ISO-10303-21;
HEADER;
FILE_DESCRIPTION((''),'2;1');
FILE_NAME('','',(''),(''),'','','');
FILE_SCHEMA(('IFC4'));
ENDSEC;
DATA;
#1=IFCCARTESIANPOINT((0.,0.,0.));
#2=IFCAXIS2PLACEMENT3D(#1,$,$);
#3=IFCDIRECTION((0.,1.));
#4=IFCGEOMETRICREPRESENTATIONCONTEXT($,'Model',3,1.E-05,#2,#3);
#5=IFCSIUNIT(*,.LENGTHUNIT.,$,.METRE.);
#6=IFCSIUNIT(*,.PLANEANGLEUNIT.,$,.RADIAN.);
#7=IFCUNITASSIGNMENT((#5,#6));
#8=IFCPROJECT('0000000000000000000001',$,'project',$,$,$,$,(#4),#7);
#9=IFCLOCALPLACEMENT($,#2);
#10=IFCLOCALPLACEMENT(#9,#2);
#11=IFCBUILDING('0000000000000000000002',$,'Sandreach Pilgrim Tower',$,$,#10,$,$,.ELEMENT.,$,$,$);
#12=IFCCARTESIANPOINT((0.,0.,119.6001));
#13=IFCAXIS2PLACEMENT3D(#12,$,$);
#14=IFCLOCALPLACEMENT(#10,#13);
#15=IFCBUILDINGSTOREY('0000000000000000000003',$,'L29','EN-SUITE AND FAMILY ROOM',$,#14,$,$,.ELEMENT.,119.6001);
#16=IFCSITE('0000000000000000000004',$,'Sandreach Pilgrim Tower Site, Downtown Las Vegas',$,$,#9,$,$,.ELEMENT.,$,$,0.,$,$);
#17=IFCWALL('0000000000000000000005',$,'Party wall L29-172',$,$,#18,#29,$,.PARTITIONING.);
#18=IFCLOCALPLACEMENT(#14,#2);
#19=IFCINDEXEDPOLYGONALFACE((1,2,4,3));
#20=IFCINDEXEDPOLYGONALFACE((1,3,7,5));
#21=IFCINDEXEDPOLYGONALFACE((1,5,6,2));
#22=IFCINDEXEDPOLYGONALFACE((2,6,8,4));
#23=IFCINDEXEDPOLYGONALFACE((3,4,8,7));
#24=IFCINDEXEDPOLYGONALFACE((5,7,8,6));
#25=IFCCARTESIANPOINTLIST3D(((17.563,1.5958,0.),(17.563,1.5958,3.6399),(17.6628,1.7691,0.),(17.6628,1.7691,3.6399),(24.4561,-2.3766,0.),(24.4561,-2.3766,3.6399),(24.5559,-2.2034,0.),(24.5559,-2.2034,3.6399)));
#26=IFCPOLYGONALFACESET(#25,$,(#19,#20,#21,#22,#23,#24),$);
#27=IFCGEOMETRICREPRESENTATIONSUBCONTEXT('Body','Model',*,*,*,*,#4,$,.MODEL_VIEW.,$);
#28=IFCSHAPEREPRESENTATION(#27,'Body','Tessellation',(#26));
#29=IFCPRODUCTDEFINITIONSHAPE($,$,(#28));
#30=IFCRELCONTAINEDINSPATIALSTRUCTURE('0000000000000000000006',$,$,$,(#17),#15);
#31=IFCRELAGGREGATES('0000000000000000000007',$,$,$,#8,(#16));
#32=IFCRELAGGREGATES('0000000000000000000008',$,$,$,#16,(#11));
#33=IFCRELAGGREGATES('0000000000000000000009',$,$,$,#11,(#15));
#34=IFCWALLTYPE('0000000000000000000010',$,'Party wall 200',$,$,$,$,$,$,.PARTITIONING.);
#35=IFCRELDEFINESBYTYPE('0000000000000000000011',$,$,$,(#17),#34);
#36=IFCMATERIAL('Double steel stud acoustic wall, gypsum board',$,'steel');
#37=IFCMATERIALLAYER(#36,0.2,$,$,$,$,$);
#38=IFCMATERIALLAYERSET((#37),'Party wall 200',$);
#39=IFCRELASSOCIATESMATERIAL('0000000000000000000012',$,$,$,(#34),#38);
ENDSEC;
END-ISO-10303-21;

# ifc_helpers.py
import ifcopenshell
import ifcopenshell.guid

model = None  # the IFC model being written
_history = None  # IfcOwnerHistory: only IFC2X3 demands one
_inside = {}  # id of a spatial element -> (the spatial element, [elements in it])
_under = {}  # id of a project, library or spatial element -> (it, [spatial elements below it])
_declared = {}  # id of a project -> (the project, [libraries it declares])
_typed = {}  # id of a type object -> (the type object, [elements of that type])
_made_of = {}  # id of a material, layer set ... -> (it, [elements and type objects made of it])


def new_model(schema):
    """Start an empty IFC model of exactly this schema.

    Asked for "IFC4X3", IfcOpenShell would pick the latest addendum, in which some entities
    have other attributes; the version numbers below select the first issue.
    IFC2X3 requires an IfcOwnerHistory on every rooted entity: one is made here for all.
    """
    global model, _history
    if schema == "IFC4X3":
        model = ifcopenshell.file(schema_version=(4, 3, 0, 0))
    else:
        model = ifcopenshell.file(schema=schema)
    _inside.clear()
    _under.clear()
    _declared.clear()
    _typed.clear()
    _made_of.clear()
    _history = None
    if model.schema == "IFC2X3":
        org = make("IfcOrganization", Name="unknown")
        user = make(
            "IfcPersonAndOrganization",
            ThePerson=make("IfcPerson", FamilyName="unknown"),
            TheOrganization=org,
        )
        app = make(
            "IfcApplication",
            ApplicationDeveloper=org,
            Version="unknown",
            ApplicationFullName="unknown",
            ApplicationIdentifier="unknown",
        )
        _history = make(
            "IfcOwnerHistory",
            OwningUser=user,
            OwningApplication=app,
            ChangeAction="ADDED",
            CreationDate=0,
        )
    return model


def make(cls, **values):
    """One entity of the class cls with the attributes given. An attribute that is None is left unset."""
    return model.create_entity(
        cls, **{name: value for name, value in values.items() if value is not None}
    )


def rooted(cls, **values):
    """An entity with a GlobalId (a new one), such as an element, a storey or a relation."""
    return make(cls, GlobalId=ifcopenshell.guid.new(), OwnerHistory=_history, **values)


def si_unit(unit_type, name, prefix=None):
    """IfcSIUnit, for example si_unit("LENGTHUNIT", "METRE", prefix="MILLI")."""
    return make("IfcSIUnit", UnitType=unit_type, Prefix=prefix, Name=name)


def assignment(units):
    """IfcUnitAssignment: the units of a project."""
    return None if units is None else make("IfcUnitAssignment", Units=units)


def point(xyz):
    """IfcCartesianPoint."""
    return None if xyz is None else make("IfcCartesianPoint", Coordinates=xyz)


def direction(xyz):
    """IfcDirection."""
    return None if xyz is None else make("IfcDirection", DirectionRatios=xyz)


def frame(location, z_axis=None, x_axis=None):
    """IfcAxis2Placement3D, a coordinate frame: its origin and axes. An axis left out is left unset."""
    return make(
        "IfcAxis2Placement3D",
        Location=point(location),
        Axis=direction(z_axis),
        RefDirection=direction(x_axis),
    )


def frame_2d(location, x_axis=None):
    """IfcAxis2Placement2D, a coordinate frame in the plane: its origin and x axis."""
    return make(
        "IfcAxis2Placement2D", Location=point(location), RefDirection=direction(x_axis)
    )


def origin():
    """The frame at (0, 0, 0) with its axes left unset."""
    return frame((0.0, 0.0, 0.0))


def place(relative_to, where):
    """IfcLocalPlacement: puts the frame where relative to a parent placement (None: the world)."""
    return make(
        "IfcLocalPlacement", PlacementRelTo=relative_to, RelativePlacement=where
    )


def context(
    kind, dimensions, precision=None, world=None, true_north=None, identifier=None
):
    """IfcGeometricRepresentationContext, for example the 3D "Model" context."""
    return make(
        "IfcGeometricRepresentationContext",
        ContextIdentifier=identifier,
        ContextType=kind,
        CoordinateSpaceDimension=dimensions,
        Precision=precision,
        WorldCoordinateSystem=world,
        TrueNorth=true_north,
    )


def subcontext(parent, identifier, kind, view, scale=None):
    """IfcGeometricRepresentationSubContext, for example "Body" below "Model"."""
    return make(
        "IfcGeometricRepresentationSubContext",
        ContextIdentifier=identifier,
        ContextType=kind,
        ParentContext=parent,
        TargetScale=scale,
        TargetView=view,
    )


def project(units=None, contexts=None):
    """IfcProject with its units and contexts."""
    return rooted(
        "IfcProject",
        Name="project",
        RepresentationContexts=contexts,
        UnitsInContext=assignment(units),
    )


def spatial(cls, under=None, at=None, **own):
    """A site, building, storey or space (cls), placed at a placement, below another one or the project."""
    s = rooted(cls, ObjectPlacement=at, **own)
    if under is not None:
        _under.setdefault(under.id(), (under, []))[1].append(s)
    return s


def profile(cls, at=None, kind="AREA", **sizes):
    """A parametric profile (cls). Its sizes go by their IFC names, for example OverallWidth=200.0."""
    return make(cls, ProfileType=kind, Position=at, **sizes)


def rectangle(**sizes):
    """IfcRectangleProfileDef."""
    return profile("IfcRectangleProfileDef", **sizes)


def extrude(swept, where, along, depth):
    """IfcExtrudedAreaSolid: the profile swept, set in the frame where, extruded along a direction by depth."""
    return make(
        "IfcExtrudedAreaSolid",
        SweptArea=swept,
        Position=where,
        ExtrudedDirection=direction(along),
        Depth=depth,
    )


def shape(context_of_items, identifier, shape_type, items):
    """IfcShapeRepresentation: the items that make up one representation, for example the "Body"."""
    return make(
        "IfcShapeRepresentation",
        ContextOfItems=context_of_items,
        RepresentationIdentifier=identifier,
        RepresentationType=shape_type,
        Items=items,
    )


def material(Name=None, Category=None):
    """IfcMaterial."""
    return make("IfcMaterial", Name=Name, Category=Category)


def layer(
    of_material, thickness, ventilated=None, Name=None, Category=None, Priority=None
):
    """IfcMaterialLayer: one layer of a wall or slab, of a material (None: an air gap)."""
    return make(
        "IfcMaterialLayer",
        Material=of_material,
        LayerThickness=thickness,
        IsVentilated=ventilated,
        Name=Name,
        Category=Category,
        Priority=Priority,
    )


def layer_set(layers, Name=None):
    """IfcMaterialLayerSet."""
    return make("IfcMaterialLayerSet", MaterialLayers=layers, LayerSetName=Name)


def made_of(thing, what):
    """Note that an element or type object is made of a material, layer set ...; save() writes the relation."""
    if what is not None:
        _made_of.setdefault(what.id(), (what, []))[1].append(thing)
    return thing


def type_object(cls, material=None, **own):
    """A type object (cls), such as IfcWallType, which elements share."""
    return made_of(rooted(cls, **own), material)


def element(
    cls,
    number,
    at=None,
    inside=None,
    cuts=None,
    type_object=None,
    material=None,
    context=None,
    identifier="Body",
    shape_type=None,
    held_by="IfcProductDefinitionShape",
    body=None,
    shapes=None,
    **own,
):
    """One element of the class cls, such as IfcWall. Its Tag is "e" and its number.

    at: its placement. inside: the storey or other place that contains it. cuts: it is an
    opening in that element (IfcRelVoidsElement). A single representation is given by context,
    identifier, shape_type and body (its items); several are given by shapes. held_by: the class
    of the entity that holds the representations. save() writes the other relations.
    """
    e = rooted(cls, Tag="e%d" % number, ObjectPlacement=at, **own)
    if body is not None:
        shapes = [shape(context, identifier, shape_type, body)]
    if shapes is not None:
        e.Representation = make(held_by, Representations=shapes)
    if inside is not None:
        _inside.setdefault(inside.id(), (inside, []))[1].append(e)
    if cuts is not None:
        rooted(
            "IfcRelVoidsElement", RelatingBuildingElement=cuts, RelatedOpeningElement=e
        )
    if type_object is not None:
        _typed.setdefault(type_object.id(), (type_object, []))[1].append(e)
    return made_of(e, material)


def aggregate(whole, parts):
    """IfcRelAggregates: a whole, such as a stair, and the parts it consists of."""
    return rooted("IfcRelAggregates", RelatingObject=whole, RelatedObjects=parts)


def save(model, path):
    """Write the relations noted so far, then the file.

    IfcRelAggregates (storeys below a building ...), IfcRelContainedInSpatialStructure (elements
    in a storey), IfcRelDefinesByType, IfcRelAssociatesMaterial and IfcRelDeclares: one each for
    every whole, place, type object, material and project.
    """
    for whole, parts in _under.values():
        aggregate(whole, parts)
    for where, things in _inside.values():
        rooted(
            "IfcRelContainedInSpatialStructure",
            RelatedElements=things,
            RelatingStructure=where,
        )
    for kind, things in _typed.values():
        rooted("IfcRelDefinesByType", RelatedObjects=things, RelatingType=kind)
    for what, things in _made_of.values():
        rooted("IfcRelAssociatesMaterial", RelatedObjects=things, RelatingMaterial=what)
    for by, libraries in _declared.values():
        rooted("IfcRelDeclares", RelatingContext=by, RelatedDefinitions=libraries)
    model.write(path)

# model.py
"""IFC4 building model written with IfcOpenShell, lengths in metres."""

from ifc_helpers import new_model, si_unit, direction, frame, frame_2d, origin, place, context, subcontext, project, spatial, rectangle, extrude, material, layer, layer_set, type_object, element, save


model = new_model("IFC4")

# Units and contexts
model_context = context("Model", 3, precision=1e-05, world=origin(), true_north=direction((0.0, 1.0)))
body_context = subcontext(model_context, "Body", "Model", "MODEL_VIEW")
ifc_project = project(units=[si_unit("LENGTHUNIT", "METRE"), si_unit("PLANEANGLEUNIT", "RADIAN")], contexts=[model_context])

# Site, building, storey
site_placement = place(None, origin())
site = spatial("IfcSite", under=ifc_project, at=site_placement, Name="Sandreach Pilgrim Tower Site, Downtown Las Vegas", CompositionType="ELEMENT", RefElevation=0.0)
building_placement = place(site_placement, origin())
building = spatial("IfcBuilding", under=site, at=building_placement, Name="Sandreach Pilgrim Tower", CompositionType="ELEMENT")
storey_placement = place(building_placement, frame((0.0, 0.0, 119.6001)))
storey = spatial("IfcBuildingStorey", under=building, at=storey_placement, Name="L29", Description="EN-SUITE AND FAMILY ROOM", CompositionType="ELEMENT", Elevation=119.6001)

# Wall
ifc_material_1 = material(Name="Double steel stud acoustic wall, gypsum board", Category="steel")
ifc_layer_1 = layer(ifc_material_1, 0.2)
ifc_layer_set_1 = layer_set([ifc_layer_1], Name="Party wall 200")
wall_type_1 = type_object("IfcWallType", Name="Party wall 200", PredefinedType="PARTITIONING", material=ifc_layer_set_1)
wall_1_placement = place(storey_placement, frame((24.5061, -2.29, 0.0), z_axis=(0.0, 0.0, 1.0), x_axis=(-0.866423, 0.499312, 0.0)))
element("IfcWall", 1, at=wall_1_placement, inside=storey, type_object=wall_type_1, Name="Party wall L29-172", PredefinedType="PARTITIONING", context=body_context, shape_type="SweptSolid", body=[
    extrude(rectangle(XDim=7.9558, YDim=0.2, at=frame_2d((3.978, 0.0))), origin(), (0.0, 0.0, 1.0), 3.6399),
])

save(model, "model.ifc")
